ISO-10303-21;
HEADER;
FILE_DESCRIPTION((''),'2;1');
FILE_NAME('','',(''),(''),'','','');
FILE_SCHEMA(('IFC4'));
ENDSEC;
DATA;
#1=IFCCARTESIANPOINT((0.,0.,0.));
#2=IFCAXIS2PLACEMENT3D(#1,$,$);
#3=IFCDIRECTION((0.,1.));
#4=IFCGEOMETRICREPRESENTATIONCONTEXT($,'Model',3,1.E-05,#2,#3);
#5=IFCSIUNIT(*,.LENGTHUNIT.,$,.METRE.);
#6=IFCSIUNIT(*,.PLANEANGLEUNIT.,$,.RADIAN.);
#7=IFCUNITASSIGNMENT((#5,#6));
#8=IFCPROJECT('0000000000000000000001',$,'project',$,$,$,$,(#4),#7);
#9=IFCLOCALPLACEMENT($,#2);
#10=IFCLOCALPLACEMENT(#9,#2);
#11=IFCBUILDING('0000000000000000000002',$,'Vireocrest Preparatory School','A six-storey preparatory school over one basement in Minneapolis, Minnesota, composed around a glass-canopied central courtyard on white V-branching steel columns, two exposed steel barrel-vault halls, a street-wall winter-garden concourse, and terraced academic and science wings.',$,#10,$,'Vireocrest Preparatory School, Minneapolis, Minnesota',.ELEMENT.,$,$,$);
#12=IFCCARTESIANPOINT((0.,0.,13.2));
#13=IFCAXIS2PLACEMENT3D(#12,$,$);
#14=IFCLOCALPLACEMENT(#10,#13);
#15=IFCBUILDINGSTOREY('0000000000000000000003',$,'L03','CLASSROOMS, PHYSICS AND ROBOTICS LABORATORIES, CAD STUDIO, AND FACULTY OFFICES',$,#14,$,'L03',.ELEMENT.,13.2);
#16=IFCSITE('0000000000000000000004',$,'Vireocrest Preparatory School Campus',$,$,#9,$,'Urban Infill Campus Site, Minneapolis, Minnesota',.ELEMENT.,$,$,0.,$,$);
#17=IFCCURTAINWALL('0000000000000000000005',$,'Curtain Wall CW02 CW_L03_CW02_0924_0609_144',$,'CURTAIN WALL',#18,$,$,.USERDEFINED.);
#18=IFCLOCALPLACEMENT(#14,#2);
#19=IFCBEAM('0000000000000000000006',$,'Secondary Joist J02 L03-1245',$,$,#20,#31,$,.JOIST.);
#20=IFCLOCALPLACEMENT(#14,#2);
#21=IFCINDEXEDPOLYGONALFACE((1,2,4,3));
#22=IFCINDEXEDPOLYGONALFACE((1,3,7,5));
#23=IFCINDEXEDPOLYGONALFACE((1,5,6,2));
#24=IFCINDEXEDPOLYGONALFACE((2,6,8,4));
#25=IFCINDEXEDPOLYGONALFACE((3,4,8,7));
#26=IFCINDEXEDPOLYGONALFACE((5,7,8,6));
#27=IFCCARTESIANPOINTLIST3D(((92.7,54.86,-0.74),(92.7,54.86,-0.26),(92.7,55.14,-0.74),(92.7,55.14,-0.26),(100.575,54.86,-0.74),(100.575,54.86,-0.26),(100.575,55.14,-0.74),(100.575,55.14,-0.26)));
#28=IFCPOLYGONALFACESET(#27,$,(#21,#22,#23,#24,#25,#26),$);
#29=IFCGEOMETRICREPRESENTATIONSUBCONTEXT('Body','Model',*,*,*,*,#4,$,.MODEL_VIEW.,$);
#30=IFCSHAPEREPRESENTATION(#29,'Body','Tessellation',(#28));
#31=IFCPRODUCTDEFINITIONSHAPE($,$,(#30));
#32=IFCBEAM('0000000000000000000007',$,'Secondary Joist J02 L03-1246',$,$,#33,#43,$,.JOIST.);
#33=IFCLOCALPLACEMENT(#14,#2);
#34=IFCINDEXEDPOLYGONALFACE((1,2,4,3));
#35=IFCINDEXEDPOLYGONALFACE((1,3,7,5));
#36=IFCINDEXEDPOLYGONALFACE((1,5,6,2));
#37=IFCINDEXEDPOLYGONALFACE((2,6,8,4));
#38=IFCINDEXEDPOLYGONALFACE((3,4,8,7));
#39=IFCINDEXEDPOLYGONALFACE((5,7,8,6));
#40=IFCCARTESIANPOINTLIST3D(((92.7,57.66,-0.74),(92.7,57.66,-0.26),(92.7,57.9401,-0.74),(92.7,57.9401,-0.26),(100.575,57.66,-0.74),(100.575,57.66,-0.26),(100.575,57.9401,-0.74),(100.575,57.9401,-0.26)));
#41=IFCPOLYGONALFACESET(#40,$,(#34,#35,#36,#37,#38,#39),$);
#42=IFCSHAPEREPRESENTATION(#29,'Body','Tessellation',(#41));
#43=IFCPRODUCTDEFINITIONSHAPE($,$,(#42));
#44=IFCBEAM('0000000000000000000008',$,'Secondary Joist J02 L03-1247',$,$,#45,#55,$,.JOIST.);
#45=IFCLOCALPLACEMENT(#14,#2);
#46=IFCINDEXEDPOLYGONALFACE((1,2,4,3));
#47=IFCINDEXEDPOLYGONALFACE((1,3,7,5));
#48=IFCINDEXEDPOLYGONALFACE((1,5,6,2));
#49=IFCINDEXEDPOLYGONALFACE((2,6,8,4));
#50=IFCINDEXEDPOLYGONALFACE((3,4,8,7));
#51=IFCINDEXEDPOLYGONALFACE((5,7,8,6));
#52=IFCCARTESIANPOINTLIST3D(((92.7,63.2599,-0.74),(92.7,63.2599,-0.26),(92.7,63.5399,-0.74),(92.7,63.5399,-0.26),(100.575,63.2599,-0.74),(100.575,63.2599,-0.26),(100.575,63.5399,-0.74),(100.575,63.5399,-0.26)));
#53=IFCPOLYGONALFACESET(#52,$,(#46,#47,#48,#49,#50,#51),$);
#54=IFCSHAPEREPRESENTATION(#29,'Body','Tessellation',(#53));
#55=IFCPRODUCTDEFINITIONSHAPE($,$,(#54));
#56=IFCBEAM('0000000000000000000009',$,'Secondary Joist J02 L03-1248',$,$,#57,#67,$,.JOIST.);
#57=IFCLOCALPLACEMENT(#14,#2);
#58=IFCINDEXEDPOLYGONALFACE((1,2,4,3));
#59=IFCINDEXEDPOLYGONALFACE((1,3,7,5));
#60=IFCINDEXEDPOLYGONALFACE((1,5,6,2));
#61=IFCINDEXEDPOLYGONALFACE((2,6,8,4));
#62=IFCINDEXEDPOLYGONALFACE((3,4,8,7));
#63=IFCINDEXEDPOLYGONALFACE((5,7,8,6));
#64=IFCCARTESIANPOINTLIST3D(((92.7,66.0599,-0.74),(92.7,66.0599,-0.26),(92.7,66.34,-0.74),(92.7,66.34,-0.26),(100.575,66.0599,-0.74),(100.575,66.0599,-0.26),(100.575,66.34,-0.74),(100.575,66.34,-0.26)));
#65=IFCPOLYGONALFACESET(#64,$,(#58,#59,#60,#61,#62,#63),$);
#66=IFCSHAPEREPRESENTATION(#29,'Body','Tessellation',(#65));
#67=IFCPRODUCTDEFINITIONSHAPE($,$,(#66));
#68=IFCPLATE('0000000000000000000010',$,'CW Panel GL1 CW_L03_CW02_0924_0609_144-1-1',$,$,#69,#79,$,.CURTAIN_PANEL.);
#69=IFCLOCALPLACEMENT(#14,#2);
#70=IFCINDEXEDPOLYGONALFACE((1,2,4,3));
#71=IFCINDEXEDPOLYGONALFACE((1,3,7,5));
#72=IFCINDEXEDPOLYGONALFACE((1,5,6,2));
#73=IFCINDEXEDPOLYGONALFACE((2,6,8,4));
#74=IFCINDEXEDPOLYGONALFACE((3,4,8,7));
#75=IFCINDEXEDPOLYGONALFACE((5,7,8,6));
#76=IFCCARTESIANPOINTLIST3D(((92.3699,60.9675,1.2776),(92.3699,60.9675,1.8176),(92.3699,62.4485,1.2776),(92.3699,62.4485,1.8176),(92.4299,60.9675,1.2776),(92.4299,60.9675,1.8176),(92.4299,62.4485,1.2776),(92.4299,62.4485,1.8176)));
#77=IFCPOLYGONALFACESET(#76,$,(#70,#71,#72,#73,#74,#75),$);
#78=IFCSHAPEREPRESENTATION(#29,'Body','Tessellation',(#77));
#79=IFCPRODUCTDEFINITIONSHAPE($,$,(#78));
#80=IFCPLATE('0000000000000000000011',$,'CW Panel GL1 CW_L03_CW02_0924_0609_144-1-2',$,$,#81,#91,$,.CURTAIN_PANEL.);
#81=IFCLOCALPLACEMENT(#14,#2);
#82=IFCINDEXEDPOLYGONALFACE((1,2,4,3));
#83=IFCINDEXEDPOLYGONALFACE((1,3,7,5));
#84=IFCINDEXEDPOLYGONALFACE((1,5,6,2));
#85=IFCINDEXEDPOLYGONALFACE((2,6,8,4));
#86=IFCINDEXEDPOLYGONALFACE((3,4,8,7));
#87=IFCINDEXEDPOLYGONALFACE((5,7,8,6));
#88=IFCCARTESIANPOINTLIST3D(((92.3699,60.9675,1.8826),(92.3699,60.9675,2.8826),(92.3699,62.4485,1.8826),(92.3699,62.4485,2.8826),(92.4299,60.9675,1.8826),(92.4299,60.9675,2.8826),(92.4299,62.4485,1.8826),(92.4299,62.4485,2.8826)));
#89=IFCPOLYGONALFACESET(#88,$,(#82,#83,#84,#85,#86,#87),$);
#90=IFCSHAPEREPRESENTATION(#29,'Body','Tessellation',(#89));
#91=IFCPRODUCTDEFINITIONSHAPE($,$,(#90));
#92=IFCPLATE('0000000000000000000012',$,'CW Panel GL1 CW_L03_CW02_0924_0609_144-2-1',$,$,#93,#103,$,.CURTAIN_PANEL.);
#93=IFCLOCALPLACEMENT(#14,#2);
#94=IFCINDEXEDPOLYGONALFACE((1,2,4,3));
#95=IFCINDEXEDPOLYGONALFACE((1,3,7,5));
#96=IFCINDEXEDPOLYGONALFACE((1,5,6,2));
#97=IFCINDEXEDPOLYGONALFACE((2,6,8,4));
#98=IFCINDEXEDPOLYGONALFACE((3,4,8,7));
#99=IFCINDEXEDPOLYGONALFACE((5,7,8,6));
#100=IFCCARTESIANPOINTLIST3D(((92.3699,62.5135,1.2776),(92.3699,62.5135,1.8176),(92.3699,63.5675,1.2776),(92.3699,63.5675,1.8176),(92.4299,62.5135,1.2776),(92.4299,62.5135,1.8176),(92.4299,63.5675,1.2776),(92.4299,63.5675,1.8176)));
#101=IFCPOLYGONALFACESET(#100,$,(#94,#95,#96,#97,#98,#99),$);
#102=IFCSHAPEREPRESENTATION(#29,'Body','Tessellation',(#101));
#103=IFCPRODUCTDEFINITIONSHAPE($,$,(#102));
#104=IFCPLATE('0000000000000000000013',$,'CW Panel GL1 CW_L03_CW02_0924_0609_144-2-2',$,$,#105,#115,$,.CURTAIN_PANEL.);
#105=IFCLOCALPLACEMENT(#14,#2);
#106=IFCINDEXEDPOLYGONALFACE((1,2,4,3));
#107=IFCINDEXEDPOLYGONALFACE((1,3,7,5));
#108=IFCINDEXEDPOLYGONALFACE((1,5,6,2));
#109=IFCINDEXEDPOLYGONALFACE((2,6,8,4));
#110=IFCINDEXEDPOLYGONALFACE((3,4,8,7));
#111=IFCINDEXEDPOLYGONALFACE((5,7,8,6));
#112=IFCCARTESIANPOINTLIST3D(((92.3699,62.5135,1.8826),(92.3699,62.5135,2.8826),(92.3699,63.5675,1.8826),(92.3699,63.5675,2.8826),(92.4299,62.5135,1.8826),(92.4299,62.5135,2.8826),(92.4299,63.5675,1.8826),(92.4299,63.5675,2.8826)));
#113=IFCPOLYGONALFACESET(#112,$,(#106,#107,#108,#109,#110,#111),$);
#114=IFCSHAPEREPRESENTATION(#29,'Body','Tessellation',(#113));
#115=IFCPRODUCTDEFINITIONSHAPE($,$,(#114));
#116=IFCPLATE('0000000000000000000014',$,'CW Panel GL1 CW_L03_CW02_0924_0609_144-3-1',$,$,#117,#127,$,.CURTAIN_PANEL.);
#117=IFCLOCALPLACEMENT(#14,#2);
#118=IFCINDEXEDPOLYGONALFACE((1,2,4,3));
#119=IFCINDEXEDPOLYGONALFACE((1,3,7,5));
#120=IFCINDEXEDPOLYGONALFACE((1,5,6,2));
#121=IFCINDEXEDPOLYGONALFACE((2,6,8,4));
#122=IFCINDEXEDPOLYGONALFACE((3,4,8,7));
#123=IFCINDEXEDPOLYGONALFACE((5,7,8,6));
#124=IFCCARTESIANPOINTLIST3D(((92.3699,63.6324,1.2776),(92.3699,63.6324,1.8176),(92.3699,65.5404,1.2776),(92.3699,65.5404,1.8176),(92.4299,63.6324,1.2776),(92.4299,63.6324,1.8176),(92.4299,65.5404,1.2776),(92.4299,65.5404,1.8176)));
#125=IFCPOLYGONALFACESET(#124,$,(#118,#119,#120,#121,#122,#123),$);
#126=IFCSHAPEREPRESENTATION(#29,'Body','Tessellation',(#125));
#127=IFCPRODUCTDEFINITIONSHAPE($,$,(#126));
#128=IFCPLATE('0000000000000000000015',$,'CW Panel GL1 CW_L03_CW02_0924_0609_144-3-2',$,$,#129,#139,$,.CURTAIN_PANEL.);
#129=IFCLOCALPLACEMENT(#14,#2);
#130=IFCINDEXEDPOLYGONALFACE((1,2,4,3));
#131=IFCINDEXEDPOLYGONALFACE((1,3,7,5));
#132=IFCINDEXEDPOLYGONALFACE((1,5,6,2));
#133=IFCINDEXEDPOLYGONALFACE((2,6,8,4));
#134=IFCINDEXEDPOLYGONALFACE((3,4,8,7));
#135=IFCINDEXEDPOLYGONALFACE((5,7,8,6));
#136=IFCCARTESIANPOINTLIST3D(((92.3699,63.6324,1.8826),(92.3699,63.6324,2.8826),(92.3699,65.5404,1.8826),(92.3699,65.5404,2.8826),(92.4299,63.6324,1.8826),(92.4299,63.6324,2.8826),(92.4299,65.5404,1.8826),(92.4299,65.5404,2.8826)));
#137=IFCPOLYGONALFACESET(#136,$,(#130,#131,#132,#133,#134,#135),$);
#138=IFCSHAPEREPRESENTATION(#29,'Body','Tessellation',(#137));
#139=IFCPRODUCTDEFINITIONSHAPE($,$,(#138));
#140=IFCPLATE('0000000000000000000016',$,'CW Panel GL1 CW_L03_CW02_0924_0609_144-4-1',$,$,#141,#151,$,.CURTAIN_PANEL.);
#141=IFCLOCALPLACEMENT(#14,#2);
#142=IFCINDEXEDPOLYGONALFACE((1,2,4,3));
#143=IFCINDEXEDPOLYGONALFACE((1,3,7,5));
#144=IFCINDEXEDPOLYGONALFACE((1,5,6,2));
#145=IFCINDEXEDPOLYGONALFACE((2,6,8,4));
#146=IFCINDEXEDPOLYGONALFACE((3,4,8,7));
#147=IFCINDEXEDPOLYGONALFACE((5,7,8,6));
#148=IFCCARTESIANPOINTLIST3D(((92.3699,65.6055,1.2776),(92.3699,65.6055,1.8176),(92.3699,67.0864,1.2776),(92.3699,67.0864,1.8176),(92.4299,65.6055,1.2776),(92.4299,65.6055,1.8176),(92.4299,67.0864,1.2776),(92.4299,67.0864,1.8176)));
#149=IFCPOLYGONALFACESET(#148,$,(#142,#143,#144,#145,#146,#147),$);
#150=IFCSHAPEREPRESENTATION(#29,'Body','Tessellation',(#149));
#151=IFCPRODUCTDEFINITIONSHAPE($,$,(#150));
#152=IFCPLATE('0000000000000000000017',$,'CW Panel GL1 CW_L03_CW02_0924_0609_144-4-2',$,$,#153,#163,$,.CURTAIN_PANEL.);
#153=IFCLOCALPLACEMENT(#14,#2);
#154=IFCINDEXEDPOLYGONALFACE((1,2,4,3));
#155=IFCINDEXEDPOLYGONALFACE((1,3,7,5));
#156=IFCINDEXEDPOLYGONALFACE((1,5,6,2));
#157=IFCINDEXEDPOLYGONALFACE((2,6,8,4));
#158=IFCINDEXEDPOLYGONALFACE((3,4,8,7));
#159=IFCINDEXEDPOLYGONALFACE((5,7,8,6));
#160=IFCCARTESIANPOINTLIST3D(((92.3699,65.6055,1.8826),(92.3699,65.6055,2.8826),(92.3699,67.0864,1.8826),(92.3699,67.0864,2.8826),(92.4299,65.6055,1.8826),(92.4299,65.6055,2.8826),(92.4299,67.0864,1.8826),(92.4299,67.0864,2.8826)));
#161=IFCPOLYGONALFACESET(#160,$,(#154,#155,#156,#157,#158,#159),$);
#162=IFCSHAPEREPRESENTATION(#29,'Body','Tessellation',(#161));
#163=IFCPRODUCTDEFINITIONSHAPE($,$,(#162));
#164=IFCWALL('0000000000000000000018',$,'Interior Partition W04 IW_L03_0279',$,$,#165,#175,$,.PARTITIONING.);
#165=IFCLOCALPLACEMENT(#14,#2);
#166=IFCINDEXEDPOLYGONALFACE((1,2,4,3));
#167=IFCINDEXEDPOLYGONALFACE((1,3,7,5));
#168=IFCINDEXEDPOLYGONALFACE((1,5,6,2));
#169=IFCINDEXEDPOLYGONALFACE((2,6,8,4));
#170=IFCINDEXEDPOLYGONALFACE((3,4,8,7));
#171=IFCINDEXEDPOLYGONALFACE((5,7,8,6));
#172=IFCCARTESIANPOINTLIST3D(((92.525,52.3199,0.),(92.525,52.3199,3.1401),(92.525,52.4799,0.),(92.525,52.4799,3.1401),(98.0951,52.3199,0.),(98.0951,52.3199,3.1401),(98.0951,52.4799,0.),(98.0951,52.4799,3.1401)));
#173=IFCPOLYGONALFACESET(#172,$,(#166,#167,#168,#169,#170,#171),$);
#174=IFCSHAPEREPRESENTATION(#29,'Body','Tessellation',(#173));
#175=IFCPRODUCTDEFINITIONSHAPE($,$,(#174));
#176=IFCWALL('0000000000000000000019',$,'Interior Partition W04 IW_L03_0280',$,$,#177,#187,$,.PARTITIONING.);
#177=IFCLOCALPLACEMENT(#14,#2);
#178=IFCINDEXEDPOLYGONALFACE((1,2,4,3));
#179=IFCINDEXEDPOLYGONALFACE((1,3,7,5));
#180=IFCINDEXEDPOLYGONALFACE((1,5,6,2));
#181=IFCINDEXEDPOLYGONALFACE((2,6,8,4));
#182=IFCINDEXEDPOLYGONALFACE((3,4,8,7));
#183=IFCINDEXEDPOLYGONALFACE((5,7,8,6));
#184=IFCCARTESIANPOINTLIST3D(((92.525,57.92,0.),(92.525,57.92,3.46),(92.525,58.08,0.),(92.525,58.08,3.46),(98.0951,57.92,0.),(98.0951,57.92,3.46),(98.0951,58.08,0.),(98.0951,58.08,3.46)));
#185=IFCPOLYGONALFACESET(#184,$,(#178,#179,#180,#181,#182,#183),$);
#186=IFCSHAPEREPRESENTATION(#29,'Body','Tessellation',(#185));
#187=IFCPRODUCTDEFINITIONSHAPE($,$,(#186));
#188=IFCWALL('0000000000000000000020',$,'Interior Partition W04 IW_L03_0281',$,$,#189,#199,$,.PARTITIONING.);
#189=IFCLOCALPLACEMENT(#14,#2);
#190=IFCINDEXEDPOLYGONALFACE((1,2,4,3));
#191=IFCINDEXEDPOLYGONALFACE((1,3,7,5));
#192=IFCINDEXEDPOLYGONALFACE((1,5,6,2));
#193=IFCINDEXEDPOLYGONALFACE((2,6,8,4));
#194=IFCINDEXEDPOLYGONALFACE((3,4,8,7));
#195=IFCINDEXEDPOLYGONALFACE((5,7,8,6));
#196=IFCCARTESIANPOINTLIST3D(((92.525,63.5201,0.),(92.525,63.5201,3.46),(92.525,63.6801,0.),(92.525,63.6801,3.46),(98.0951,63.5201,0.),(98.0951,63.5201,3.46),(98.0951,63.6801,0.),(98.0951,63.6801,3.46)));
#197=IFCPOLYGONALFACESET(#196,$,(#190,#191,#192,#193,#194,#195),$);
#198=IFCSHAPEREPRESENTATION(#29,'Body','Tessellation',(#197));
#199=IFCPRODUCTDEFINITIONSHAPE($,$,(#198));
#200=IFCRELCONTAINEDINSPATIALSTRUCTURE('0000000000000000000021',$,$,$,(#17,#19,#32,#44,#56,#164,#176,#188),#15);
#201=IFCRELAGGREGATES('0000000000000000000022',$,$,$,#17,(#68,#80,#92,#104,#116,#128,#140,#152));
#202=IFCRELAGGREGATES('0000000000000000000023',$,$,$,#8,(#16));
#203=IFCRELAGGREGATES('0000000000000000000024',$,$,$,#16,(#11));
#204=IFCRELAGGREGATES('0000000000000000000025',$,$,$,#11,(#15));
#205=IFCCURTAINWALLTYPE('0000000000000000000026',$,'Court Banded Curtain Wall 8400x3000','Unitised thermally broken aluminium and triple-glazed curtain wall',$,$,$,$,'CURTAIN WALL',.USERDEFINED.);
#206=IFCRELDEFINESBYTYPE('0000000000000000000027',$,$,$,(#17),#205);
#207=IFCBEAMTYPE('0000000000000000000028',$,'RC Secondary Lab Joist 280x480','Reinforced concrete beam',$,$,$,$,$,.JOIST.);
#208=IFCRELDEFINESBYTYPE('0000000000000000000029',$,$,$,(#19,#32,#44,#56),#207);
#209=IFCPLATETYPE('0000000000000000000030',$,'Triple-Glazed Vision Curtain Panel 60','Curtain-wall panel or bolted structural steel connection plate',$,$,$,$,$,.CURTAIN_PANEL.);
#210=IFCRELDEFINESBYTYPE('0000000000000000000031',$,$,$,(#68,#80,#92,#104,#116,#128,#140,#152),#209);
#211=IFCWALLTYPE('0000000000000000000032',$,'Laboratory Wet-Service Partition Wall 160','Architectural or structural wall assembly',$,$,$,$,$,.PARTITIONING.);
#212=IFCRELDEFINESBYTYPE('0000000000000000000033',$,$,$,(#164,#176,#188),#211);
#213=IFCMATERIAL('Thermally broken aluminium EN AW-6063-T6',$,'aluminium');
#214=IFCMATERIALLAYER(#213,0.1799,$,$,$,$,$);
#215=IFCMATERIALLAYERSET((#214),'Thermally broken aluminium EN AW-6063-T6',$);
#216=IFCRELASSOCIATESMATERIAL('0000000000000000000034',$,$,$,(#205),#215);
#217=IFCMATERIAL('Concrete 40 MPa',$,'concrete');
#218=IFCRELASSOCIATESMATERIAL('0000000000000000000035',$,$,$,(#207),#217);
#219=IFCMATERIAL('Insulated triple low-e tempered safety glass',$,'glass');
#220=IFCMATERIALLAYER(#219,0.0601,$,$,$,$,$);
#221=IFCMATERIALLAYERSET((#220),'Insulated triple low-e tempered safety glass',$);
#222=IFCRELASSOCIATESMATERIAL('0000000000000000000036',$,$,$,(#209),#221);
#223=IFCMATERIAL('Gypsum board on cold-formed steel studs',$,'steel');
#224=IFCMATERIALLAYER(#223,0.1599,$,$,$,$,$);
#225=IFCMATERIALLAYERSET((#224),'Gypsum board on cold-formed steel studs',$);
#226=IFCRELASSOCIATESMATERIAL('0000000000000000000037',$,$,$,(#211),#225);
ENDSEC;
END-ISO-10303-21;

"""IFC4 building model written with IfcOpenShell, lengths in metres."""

from ifc_helpers import new_model, si_unit, direction, frame, frame_2d, origin, origin_2d, place, context, subcontext, project, spatial, rectangle, extrude, material, layer, layer_set, material_profile, profile_set, type_object, element, aggregate, save


model = new_model("IFC4")

# Units and contexts
model_context = context("Model", 3, precision=1e-05, world=origin(), true_north=direction((0.0, 1.0)))
body_context = subcontext(model_context, "Body", "Model", "MODEL_VIEW")
ifc_project = project(units=[si_unit("LENGTHUNIT", "METRE"), si_unit("PLANEANGLEUNIT", "RADIAN")], contexts=[model_context])

# Site, building, storey
site_placement = place(None, origin())
site = spatial("IfcSite", under=ifc_project, at=site_placement, Name="Vireocrest Preparatory School Campus", LongName="Urban Infill Campus Site, Minneapolis, Minnesota", CompositionType="ELEMENT", RefElevation=0.0)
building_placement = place(site_placement, origin())
building = spatial("IfcBuilding", under=site, at=building_placement, Name="Vireocrest Preparatory School", Description="A six-storey preparatory school over one basement in Minneapolis, Minnesota, composed around a glass-canopied central courtyard on white V-branching steel columns, two exposed steel barrel-vault halls, a street-wall winter-garden concourse, and terraced academic and science wings.", LongName="Vireocrest Preparatory School, Minneapolis, Minnesota", CompositionType="ELEMENT")
storey_placement = place(building_placement, frame((0.0, 0.0, 13.2)))
storey = spatial("IfcBuildingStorey", under=building, at=storey_placement, Name="L03", Description="CLASSROOMS, PHYSICS AND ROBOTICS LABORATORIES, CAD STUDIO, AND FACULTY OFFICES", LongName="L03", CompositionType="ELEMENT", Elevation=13.2)

# Curtain wall
ifc_material_1 = material(Name="Thermally broken aluminium EN AW-6063-T6", Category="aluminium")
ifc_layer_1 = layer(ifc_material_1, 0.1799)
ifc_layer_set_1 = layer_set([ifc_layer_1], Name="Thermally broken aluminium EN AW-6063-T6")
curtain_wall_type = type_object("IfcCurtainWallType", Name="Court Banded Curtain Wall 8400x3000", Description="Unitised thermally broken aluminium and triple-glazed curtain wall", ElementType="CURTAIN WALL", PredefinedType="USERDEFINED", material=ifc_layer_set_1)
curtain_wall_placement = place(storey_placement, origin())
curtain_wall = element("IfcCurtainWall", 1, at=curtain_wall_placement, inside=storey, type_object=curtain_wall_type, Name="Curtain Wall CW02 CW_L03_CW02_0924_0609_144", ObjectType="CURTAIN WALL", PredefinedType="USERDEFINED")

# Beams
ifc_material_2 = material(Name="Concrete 40 MPa", Category="concrete")
ifc_material_profile_1 = material_profile(ifc_material_2, rectangle(XDim=0.28, YDim=0.48, at=origin_2d()), Name="RC 280x480")
ifc_profile_set_1 = profile_set([ifc_material_profile_1], Name="Concrete 40 MPa")
beam_type_1 = type_object("IfcBeamType", Name="RC Secondary Lab Joist 280x480", Description="Reinforced concrete beam", PredefinedType="JOIST", material=ifc_profile_set_1)
for number, where, z_axis, x_axis, name in (
    (2, (92.7, 55.0, -0.5), (1.0, 0.0, 0.0), (0.0, 1.0, 0.0), "Secondary Joist J02 L03-1245"),
    (3, (92.7, 57.8, -0.5), (1.0, 0.0, 0.0), (0.0, 1.0, 0.0), "Secondary Joist J02 L03-1246"),
    (4, (92.7, 63.3999, -0.5), (1.0, 0.0, 0.0), (0.0, 1.0, 0.0), "Secondary Joist J02 L03-1247"),
    (5, (92.7, 66.2, -0.5), (1.0, 0.0, 0.0), (0.0, 1.0, 0.0), "Secondary Joist J02 L03-1248"),
):
    element("IfcBeam", number, at=place(storey_placement, frame(where, z_axis=z_axis, x_axis=x_axis)), inside=storey, type_object=beam_type_1, Name=name, PredefinedType="JOIST", context=body_context, shape_type="SweptSolid", body=[
        extrude(rectangle(XDim=0.28, YDim=0.48, at=origin_2d()), origin(), (0.0, 0.0, 1.0), 7.875),
    ])

# Plates
ifc_material_3 = material(Name="Insulated triple low-e tempered safety glass", Category="glass")
ifc_layer_2 = layer(ifc_material_3, 0.0601)
ifc_layer_set_2 = layer_set([ifc_layer_2], Name="Insulated triple low-e tempered safety glass")
plate_type = type_object("IfcPlateType", Name="Triple-Glazed Vision Curtain Panel 60", Description="Curtain-wall panel or bolted structural steel connection plate", PredefinedType="CURTAIN_PANEL", material=ifc_layer_set_2)
plate_1_placement = place(storey_placement, frame((92.3999, 61.708, 1.2776), z_axis=(0.0, 0.0, 1.0), x_axis=(0.0, 1.0, 0.0)))
plate_1 = element("IfcPlate", 6, at=plate_1_placement, type_object=plate_type, Name="CW Panel GL1 CW_L03_CW02_0924_0609_144-1-1", PredefinedType="CURTAIN_PANEL", context=body_context, shape_type="SweptSolid", body=[
    extrude(rectangle(XDim=1.481, YDim=0.0601, at=origin_2d()), origin(), (0.0, 0.0, 1.0), 0.54),
])
plate_2_placement = place(storey_placement, frame((92.3999, 61.708, 1.8826), z_axis=(0.0, 0.0, 1.0), x_axis=(0.0, 1.0, 0.0)))
plate_2 = element("IfcPlate", 7, at=plate_2_placement, type_object=plate_type, Name="CW Panel GL1 CW_L03_CW02_0924_0609_144-1-2", PredefinedType="CURTAIN_PANEL", context=body_context, shape_type="SweptSolid", body=[
    extrude(rectangle(XDim=1.481, YDim=0.0601, at=origin_2d()), origin(), (0.0, 0.0, 1.0), 1.0),
])
plate_3_placement = place(storey_placement, frame((92.3999, 63.0405, 1.2776), z_axis=(0.0, 0.0, 1.0), x_axis=(0.0, 1.0, 0.0)))
plate_3 = element("IfcPlate", 8, at=plate_3_placement, type_object=plate_type, Name="CW Panel GL1 CW_L03_CW02_0924_0609_144-2-1", PredefinedType="CURTAIN_PANEL", context=body_context, shape_type="SweptSolid", body=[
    extrude(rectangle(XDim=1.054, YDim=0.0601, at=origin_2d()), origin(), (0.0, 0.0, 1.0), 0.54),
])
plate_4_placement = place(storey_placement, frame((92.3999, 63.0405, 1.8826), z_axis=(0.0, 0.0, 1.0), x_axis=(0.0, 1.0, 0.0)))
plate_4 = element("IfcPlate", 9, at=plate_4_placement, type_object=plate_type, Name="CW Panel GL1 CW_L03_CW02_0924_0609_144-2-2", PredefinedType="CURTAIN_PANEL", context=body_context, shape_type="SweptSolid", body=[
    extrude(rectangle(XDim=1.054, YDim=0.0601, at=origin_2d()), origin(), (0.0, 0.0, 1.0), 1.0),
])
plate_5_placement = place(storey_placement, frame((92.3999, 64.5864, 1.2776), z_axis=(0.0, 0.0, 1.0), x_axis=(0.0, 1.0, 0.0)))
plate_5 = element("IfcPlate", 10, at=plate_5_placement, type_object=plate_type, Name="CW Panel GL1 CW_L03_CW02_0924_0609_144-3-1", PredefinedType="CURTAIN_PANEL", context=body_context, shape_type="SweptSolid", body=[
    extrude(rectangle(XDim=1.908, YDim=0.0601, at=origin_2d()), origin(), (0.0, 0.0, 1.0), 0.54),
])
plate_6_placement = place(storey_placement, frame((92.3999, 64.5864, 1.8826), z_axis=(0.0, 0.0, 1.0), x_axis=(0.0, 1.0, 0.0)))
plate_6 = element("IfcPlate", 11, at=plate_6_placement, type_object=plate_type, Name="CW Panel GL1 CW_L03_CW02_0924_0609_144-3-2", PredefinedType="CURTAIN_PANEL", context=body_context, shape_type="SweptSolid", body=[
    extrude(rectangle(XDim=1.908, YDim=0.0601, at=origin_2d()), origin(), (0.0, 0.0, 1.0), 1.0),
])
plate_7_placement = place(storey_placement, frame((92.3999, 66.3459, 1.2776), z_axis=(0.0, 0.0, 1.0), x_axis=(0.0, 1.0, 0.0)))
plate_7 = element("IfcPlate", 12, at=plate_7_placement, type_object=plate_type, Name="CW Panel GL1 CW_L03_CW02_0924_0609_144-4-1", PredefinedType="CURTAIN_PANEL", context=body_context, shape_type="SweptSolid", body=[
    extrude(rectangle(XDim=1.481, YDim=0.0601, at=origin_2d()), origin(), (0.0, 0.0, 1.0), 0.54),
])
plate_8_placement = place(storey_placement, frame((92.3999, 66.3459, 1.8826), z_axis=(0.0, 0.0, 1.0), x_axis=(0.0, 1.0, 0.0)))
plate_8 = element("IfcPlate", 13, at=plate_8_placement, type_object=plate_type, Name="CW Panel GL1 CW_L03_CW02_0924_0609_144-4-2", PredefinedType="CURTAIN_PANEL", context=body_context, shape_type="SweptSolid", body=[
    extrude(rectangle(XDim=1.481, YDim=0.0601, at=origin_2d()), origin(), (0.0, 0.0, 1.0), 1.0),
])
aggregate(curtain_wall, [plate_1, plate_2, plate_3, plate_4, plate_5, plate_6, plate_7, plate_8])

# Walls
ifc_material_4 = material(Name="Gypsum board on cold-formed steel studs", Category="steel")
ifc_layer_3 = layer(ifc_material_4, 0.1599)
ifc_layer_set_3 = layer_set([ifc_layer_3], Name="Gypsum board on cold-formed steel studs")
wall_type = type_object("IfcWallType", Name="Laboratory Wet-Service Partition Wall 160", Description="Architectural or structural wall assembly", PredefinedType="PARTITIONING", material=ifc_layer_set_3)
wall_placement = place(storey_placement, frame((92.5249, 52.3999, 0.0), z_axis=(0.0, 0.0, 1.0), x_axis=(1.0, 0.0, 0.0)))
element("IfcWall", 14, at=wall_placement, inside=storey, type_object=wall_type, Name="Interior Partition W04 IW_L03_0279", PredefinedType="PARTITIONING", context=body_context, shape_type="SweptSolid", body=[
    extrude(rectangle(XDim=5.5701, YDim=0.1599, at=frame_2d((2.7852, 0.0))), origin(), (0.0, 0.0, 1.0), 3.1401),
])
for number, where, z_axis, x_axis, name in (
    (15, (92.5249, 58.0, 0.0), (0.0, 0.0, 1.0), (1.0, 0.0, 0.0), "Interior Partition W04 IW_L03_0280"),
    (16, (92.5249, 63.6001, 0.0), (0.0, 0.0, 1.0), (1.0, 0.0, 0.0), "Interior Partition W04 IW_L03_0281"),
):
    element("IfcWall", number, at=place(storey_placement, frame(where, z_axis=z_axis, x_axis=x_axis)), inside=storey, type_object=wall_type, Name=name, PredefinedType="PARTITIONING", context=body_context, shape_type="SweptSolid", body=[
        extrude(rectangle(XDim=5.5701, YDim=0.1599, at=frame_2d((2.7852, 0.0))), origin(), (0.0, 0.0, 1.0), 3.46),
    ])

save(model, "model.ifc")
